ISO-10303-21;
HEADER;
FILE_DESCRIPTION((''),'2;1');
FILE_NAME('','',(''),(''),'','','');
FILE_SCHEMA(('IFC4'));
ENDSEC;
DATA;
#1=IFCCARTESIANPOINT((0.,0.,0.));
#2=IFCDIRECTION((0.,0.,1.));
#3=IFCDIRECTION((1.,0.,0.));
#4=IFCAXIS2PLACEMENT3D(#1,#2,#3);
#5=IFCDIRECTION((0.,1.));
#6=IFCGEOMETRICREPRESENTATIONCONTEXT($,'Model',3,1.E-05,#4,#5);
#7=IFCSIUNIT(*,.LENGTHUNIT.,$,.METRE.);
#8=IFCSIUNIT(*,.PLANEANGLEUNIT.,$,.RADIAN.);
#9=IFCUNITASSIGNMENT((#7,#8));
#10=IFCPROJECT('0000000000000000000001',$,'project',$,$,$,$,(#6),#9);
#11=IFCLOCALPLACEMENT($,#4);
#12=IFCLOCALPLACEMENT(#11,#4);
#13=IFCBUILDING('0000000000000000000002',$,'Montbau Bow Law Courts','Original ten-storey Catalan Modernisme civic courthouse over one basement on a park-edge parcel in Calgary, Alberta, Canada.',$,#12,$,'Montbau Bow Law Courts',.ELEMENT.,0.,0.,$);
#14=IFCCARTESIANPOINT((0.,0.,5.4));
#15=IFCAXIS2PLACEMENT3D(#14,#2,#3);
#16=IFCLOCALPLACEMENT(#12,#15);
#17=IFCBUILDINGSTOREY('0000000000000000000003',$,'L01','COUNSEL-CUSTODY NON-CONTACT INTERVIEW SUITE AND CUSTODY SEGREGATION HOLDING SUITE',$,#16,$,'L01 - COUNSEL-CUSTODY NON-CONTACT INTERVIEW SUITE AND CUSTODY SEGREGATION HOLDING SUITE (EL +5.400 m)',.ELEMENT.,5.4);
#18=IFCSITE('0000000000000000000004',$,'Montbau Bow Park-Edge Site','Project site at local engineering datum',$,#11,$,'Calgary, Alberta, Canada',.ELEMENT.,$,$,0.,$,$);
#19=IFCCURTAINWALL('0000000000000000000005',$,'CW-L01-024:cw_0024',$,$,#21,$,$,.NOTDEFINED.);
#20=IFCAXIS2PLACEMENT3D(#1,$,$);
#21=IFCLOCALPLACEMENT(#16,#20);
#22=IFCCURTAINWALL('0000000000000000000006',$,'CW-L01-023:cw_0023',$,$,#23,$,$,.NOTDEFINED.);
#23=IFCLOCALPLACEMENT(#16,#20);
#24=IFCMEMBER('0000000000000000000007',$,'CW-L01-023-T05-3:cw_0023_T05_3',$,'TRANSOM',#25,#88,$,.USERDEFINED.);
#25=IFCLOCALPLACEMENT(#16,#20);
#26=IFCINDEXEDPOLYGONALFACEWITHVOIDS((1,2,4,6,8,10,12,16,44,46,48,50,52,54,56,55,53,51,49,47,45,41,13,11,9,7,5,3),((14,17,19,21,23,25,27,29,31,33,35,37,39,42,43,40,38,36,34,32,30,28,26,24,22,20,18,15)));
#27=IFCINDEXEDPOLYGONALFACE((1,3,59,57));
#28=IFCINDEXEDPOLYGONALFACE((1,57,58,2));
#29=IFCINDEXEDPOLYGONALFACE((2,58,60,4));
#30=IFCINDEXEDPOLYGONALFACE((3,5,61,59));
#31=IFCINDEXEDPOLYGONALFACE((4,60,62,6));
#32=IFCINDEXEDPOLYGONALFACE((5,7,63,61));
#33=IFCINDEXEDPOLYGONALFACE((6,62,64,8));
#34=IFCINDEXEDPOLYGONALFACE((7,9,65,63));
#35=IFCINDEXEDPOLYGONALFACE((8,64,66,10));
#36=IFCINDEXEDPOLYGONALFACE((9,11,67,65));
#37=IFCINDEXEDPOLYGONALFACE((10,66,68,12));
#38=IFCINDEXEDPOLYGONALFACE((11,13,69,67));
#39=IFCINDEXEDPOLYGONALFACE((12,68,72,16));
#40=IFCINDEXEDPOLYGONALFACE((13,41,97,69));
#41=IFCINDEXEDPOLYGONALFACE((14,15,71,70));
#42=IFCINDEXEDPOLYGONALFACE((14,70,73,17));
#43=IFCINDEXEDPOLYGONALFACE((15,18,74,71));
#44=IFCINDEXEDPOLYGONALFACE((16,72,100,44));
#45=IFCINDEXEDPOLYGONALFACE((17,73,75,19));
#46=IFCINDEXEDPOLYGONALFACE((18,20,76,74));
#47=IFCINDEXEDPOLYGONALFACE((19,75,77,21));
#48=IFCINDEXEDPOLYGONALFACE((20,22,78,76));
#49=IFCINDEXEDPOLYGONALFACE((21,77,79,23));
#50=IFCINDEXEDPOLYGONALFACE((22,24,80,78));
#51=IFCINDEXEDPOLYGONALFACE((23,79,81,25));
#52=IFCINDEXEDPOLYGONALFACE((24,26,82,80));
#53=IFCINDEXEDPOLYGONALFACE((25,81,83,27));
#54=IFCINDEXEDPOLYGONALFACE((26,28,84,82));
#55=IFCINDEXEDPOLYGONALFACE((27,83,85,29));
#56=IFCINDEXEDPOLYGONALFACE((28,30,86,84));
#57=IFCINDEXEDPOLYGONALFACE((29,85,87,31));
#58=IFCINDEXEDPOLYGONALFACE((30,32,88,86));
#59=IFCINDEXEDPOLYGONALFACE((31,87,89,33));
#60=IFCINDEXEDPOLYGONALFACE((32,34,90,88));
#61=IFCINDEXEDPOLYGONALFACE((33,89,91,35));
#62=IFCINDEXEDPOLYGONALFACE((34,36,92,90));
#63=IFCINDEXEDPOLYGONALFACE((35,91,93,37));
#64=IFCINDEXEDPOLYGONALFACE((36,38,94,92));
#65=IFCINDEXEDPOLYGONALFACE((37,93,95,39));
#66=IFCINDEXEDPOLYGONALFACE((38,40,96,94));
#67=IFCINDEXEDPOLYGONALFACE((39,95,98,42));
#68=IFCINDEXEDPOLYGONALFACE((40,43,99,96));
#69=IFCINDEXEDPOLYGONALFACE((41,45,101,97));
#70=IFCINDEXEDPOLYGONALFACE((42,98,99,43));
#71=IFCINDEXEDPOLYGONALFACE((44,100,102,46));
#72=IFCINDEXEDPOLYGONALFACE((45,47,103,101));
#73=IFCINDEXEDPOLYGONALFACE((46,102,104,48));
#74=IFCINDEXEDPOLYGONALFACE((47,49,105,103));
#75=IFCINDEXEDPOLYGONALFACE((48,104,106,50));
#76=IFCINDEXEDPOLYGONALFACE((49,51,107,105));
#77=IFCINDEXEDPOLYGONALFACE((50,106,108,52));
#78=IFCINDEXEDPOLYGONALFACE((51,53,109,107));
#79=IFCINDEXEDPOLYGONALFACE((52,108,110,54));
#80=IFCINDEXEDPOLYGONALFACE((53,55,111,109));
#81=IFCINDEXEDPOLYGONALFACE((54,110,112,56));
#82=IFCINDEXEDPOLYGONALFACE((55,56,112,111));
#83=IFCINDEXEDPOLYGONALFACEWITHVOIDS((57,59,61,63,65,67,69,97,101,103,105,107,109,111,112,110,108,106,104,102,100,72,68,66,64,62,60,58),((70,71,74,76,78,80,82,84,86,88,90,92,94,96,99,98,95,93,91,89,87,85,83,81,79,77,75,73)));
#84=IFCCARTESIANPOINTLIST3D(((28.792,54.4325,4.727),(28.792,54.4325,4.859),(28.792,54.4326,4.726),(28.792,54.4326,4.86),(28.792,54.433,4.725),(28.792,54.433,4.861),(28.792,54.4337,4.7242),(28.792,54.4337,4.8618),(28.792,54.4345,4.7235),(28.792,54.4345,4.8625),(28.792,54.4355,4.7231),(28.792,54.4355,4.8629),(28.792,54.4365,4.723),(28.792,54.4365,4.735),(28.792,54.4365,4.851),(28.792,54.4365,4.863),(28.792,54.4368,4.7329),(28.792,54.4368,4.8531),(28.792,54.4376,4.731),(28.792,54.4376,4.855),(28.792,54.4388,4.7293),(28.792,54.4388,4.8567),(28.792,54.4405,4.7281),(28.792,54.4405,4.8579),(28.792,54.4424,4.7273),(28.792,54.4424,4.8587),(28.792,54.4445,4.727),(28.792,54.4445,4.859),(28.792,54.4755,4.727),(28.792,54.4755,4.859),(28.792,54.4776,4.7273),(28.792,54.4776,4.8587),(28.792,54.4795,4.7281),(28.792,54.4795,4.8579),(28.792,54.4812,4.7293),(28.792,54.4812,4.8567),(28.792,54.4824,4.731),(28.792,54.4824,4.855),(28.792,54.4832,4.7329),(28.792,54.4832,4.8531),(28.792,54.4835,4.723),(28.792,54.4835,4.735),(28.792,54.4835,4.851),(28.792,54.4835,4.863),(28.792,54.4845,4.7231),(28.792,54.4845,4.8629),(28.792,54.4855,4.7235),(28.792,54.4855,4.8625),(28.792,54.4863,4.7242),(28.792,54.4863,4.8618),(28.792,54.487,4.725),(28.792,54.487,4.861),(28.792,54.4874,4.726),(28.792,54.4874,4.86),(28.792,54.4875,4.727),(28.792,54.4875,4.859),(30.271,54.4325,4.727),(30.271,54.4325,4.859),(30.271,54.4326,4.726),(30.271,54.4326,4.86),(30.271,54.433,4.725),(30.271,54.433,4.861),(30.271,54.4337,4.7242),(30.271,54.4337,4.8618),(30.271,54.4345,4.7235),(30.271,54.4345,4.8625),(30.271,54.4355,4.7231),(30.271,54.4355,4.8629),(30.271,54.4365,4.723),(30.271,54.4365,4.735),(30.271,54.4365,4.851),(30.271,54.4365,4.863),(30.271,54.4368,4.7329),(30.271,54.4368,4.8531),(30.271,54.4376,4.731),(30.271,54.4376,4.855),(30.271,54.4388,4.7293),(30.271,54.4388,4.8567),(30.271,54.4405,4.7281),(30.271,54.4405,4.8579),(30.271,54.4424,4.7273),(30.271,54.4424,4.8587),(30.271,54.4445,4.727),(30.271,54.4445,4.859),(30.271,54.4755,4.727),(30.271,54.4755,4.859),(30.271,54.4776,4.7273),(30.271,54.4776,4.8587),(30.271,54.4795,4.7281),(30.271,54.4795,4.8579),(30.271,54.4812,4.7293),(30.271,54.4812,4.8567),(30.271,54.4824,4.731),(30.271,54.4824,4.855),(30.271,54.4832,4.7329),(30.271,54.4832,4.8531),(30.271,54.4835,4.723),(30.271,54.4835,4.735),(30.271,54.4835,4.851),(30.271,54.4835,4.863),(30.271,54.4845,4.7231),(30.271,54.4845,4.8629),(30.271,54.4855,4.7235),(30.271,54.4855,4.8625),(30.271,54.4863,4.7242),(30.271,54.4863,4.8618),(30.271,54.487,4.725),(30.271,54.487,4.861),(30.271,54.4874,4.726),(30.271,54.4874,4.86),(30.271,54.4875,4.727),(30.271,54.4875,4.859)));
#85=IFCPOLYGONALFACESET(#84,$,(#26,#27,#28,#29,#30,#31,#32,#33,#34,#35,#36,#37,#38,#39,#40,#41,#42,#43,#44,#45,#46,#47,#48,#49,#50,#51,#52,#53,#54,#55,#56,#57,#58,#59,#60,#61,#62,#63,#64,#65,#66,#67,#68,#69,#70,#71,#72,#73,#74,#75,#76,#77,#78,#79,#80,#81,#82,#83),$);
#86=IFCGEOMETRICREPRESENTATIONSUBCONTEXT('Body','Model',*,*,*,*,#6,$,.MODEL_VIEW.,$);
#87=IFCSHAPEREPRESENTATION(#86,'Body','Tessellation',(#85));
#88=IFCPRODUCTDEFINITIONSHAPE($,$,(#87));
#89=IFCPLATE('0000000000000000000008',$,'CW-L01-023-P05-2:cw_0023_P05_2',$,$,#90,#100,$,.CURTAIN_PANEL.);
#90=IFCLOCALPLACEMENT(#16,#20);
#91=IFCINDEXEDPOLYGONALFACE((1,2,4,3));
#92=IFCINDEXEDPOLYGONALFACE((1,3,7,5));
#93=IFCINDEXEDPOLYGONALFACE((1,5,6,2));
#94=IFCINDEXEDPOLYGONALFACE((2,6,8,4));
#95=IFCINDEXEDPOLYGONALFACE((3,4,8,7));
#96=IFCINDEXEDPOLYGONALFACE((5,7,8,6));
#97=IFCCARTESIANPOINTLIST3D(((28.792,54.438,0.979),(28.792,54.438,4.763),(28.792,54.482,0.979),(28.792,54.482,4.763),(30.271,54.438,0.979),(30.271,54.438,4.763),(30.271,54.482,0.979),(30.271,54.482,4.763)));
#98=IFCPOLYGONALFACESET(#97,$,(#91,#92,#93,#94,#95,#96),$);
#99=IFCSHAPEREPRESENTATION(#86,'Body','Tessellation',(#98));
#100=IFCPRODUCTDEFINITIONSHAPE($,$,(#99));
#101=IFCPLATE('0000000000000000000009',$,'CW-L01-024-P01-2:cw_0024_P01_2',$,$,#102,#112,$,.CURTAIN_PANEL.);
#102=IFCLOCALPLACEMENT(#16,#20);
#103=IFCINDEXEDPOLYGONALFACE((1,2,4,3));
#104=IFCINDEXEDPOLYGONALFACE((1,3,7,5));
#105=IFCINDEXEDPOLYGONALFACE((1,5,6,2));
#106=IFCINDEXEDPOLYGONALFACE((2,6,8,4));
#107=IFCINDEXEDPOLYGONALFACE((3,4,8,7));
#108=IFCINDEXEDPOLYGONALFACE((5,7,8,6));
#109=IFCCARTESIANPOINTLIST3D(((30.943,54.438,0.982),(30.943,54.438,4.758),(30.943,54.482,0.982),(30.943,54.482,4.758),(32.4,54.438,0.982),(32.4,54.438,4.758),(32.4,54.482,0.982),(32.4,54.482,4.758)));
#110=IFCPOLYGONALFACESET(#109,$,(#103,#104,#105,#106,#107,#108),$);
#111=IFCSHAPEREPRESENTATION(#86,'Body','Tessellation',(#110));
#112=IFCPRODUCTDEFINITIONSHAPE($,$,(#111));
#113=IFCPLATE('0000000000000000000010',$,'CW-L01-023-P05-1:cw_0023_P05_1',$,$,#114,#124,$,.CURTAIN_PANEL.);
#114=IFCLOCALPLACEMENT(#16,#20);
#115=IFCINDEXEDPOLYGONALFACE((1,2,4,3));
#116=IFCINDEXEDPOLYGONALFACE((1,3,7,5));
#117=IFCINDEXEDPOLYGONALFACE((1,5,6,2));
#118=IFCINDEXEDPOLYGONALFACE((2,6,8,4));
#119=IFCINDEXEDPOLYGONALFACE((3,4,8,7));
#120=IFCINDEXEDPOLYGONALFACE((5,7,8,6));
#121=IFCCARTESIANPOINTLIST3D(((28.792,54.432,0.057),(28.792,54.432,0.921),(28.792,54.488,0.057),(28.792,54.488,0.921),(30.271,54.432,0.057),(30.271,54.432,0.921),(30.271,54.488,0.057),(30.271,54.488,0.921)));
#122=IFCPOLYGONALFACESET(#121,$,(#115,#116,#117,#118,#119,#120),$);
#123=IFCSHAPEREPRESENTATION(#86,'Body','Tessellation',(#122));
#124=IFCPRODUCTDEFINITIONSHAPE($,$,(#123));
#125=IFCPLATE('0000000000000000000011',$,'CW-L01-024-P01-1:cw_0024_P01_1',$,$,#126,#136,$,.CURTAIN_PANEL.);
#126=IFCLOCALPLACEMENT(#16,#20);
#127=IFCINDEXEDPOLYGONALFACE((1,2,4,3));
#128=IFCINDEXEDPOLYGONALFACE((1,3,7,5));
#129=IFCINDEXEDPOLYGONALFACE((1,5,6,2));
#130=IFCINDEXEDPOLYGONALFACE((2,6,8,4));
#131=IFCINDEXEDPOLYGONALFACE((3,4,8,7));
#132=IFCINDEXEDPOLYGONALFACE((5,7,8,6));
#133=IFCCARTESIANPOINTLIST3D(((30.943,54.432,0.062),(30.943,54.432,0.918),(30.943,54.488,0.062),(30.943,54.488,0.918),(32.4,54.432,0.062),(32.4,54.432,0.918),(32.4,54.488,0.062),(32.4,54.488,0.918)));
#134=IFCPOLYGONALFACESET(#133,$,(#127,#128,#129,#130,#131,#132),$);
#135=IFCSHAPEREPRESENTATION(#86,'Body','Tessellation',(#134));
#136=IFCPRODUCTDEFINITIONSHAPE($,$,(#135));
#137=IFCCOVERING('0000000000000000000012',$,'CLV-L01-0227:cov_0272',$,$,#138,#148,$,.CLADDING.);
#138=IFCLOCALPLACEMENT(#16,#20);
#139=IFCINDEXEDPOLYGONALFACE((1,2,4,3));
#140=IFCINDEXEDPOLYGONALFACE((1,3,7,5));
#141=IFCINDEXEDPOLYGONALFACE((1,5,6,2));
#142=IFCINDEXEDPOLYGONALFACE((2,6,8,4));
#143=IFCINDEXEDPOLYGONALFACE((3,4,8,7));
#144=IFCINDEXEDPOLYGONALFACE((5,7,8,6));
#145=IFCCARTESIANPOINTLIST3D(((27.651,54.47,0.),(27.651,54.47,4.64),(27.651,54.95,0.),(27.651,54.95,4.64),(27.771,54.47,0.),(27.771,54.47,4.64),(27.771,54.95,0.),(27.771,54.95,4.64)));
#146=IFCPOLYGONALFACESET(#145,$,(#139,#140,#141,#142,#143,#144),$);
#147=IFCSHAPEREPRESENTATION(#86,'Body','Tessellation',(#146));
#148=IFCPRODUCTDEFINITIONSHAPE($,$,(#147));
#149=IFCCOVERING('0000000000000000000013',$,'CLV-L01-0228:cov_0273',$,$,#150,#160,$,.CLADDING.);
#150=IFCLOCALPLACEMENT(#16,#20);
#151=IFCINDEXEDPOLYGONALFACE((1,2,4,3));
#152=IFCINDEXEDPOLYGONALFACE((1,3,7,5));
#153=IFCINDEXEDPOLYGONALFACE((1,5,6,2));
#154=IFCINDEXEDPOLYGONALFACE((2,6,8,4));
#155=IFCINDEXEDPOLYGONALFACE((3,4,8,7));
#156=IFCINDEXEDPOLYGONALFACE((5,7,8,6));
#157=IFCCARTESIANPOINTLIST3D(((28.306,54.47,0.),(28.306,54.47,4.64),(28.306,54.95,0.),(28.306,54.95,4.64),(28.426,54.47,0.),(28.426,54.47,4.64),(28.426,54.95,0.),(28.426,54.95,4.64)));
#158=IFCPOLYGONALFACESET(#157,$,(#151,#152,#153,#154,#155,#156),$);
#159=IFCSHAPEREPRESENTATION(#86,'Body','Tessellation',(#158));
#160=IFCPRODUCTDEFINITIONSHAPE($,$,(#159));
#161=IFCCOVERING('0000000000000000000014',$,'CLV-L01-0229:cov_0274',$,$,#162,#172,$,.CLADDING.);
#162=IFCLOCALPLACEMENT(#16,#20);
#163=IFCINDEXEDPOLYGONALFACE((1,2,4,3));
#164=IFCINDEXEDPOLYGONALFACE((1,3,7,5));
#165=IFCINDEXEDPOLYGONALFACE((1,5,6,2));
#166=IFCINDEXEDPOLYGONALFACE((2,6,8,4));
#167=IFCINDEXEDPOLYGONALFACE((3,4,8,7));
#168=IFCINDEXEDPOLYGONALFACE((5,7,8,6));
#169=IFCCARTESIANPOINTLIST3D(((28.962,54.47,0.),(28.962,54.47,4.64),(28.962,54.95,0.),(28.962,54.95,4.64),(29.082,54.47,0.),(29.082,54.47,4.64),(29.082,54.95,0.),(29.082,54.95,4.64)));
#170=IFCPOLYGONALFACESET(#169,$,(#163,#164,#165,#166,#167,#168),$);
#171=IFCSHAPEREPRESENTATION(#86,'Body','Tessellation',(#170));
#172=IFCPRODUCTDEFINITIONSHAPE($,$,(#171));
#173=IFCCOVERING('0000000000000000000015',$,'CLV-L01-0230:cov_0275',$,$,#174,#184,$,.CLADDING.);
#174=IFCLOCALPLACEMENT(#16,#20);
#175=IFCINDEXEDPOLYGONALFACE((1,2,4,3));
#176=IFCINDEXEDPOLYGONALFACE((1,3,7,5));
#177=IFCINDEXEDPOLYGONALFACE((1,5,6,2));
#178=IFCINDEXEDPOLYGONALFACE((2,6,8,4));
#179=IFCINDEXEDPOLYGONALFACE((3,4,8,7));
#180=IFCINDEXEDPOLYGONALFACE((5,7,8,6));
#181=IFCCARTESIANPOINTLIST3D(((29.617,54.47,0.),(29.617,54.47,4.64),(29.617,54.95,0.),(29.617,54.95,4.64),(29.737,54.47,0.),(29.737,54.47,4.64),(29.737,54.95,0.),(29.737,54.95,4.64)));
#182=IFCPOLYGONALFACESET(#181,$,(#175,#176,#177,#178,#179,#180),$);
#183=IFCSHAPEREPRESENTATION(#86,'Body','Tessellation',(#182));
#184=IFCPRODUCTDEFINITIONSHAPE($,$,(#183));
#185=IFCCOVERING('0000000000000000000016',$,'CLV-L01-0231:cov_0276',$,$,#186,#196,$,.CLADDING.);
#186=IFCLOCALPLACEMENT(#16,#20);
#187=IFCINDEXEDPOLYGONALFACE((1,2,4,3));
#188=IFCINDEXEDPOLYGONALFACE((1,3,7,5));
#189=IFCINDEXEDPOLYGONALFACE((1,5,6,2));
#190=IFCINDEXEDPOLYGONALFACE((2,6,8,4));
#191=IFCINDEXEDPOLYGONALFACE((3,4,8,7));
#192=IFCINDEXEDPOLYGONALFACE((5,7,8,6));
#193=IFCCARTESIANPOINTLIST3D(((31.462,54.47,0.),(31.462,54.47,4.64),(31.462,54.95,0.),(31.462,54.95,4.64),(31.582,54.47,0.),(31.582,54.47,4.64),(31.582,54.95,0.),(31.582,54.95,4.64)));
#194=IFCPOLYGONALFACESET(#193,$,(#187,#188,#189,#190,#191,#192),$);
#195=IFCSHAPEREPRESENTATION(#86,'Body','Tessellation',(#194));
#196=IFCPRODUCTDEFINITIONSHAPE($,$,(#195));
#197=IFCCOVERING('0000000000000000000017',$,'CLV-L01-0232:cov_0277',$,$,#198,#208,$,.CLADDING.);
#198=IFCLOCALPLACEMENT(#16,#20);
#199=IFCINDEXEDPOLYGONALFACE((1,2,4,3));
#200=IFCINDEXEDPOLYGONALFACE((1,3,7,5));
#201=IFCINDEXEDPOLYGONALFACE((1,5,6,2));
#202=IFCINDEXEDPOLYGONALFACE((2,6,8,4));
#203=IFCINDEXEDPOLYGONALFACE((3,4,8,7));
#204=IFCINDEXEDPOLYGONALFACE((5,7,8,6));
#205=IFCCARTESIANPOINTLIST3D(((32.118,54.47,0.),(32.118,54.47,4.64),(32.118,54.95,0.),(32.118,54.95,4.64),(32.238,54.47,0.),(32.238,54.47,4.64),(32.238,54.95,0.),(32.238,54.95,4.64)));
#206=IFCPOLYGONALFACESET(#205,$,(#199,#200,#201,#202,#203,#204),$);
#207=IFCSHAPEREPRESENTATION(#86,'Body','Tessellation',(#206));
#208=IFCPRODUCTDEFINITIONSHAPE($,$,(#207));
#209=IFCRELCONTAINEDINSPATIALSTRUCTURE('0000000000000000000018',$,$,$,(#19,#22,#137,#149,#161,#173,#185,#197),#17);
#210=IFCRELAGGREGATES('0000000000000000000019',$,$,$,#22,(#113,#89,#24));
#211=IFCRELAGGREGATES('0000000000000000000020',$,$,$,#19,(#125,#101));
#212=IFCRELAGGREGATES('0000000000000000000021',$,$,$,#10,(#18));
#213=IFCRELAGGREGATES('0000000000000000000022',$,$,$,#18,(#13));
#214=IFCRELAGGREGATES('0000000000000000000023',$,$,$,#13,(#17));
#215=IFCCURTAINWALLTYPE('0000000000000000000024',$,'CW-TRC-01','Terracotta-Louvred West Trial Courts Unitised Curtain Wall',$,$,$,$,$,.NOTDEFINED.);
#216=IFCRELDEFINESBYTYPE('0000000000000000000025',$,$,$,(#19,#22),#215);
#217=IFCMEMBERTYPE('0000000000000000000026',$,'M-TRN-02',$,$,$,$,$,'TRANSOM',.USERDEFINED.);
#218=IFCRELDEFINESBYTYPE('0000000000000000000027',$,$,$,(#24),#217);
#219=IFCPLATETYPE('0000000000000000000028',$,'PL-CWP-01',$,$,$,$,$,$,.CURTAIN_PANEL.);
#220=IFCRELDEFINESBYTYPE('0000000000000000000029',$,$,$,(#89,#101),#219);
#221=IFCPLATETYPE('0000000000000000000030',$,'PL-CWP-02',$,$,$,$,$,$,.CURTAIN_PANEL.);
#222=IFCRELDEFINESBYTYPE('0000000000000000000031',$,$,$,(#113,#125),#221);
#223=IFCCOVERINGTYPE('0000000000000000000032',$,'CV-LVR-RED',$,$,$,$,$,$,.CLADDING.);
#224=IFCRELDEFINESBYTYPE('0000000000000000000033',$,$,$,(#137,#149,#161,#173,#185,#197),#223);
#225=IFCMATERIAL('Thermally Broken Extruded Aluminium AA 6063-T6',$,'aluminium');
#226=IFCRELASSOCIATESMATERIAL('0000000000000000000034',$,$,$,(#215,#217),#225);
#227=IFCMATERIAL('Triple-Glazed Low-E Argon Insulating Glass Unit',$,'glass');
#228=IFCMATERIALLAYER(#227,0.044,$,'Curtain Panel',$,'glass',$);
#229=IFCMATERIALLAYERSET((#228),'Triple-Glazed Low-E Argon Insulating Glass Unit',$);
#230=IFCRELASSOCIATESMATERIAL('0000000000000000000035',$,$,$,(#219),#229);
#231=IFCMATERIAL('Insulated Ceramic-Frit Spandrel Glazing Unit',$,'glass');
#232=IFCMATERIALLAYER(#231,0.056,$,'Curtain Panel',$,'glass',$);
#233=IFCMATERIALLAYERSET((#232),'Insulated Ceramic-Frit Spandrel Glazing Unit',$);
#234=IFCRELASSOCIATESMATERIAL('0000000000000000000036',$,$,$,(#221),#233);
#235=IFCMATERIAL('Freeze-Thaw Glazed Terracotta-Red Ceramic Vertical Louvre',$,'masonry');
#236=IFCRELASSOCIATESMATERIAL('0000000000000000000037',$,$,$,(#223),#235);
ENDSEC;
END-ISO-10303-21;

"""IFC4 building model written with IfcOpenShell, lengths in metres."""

from ifc_helpers import new_model, si_unit, direction, frame, frame_2d, origin_with_axes, origin_2d_with_axis, place, context, subcontext, project, spatial, rectangle, hollow_rectangle, extrude, material, layer, layer_set, material_profile, profile_set, type_object, element, aggregate, save


model = new_model("IFC4")

# Units and contexts
model_context = context("Model", 3, precision=1e-05, world=origin_with_axes(), true_north=direction((0.0, 1.0)))
body_context = subcontext(model_context, "Body", "Model", "MODEL_VIEW")
ifc_project = project(units=[si_unit("LENGTHUNIT", "METRE"), si_unit("PLANEANGLEUNIT", "RADIAN")], contexts=[model_context])

# Site, building, storey
site_placement = place(None, origin_with_axes())
site = spatial("IfcSite", under=ifc_project, at=site_placement, Name="Montbau Bow Park-Edge Site", Description="Project site at local engineering datum", LongName="Calgary, Alberta, Canada", CompositionType="ELEMENT", RefElevation=0.0)
building_placement = place(site_placement, origin_with_axes())
building = spatial("IfcBuilding", under=site, at=building_placement, Name="Montbau Bow Law Courts", Description="Original ten-storey Catalan Modernisme civic courthouse over one basement on a park-edge parcel in Calgary, Alberta, Canada.", LongName="Montbau Bow Law Courts", CompositionType="ELEMENT", ElevationOfRefHeight=0.0, ElevationOfTerrain=0.0)
storey_placement = place(building_placement, frame((0.0, 0.0, 5.4), z_axis=(0.0, 0.0, 1.0), x_axis=(1.0, 0.0, 0.0)))
storey = spatial("IfcBuildingStorey", under=building, at=storey_placement, Name="L01", Description="COUNSEL-CUSTODY NON-CONTACT INTERVIEW SUITE AND CUSTODY SEGREGATION HOLDING SUITE", LongName="L01 - COUNSEL-CUSTODY NON-CONTACT INTERVIEW SUITE AND CUSTODY SEGREGATION HOLDING SUITE (EL +5.400 m)", CompositionType="ELEMENT", Elevation=5.4)

# Curtain walls
ifc_material_1 = material(Name="Thermally Broken Extruded Aluminium AA 6063-T6", Category="aluminium")
curtain_wall_type = type_object("IfcCurtainWallType", Name="CW-TRC-01", Description="Terracotta-Louvred West Trial Courts Unitised Curtain Wall", PredefinedType="NOTDEFINED", material=ifc_material_1)
curtain_wall_1_placement = place(None, frame((30.867, 54.46, 5.4), z_axis=(0.0, 0.0, 1.0), x_axis=(1.0, 0.0, 0.0)))
curtain_wall_1 = element("IfcCurtainWall", 1, at=curtain_wall_1_placement, inside=storey, type_object=curtain_wall_type, Name="CW-L01-024:cw_0024", PredefinedType="NOTDEFINED")
curtain_wall_2_placement = place(None, frame((22.467, 54.46, 5.4), z_axis=(0.0, 0.0, 1.0), x_axis=(1.0, 0.0, 0.0)))
curtain_wall_2 = element("IfcCurtainWall", 2, at=curtain_wall_2_placement, inside=storey, type_object=curtain_wall_type, Name="CW-L01-023:cw_0023", PredefinedType="NOTDEFINED")

# Member
ifc_material_profile_1 = material_profile(ifc_material_1, hollow_rectangle(XDim=0.055, YDim=0.14, WallThickness=0.004, InnerFilletRadius=0.008, OuterFilletRadius=0.004, at=origin_2d_with_axis()), Name="CWT-140X55", Category="Main", Priority=0)
ifc_profile_set_1 = profile_set([ifc_material_profile_1], Name="Thermally Broken Extruded Aluminium AA 6063-T6")
member_type_1 = type_object("IfcMemberType", Name="M-TRN-02", ElementType="TRANSOM", PredefinedType="USERDEFINED", material=ifc_profile_set_1)
member_1_placement = place(None, frame((28.792, 54.46, 10.193), z_axis=(1.0, 0.0, 0.0), x_axis=(0.0, 1.0, 0.0)))
member_1 = element("IfcMember", 3, at=member_1_placement, type_object=member_type_1, Name="CW-L01-023-T05-3:cw_0023_T05_3", ObjectType="TRANSOM", PredefinedType="USERDEFINED", context=body_context, shape_type="SweptSolid", body=[
    extrude(hollow_rectangle(XDim=0.055, YDim=0.14, WallThickness=0.004, InnerFilletRadius=0.008, OuterFilletRadius=0.004, at=origin_2d_with_axis()), origin_with_axes(), (0.0, 0.0, 1.0), 1.479),
])

# Plates
ifc_material_2 = material(Name="Triple-Glazed Low-E Argon Insulating Glass Unit", Category="glass")
ifc_layer_1 = layer(ifc_material_2, 0.044, Name="Curtain Panel", Category="glass")
ifc_layer_set_1 = layer_set([ifc_layer_1], Name="Triple-Glazed Low-E Argon Insulating Glass Unit")
plate_type_1 = type_object("IfcPlateType", Name="PL-CWP-01", PredefinedType="CURTAIN_PANEL", material=ifc_layer_set_1)
plate_1_placement = place(None, frame((28.792, 54.46, 6.379), z_axis=(0.0, -1.0, 0.0), x_axis=(1.0, 0.0, 0.0)))
plate_1 = element("IfcPlate", 4, at=plate_1_placement, type_object=plate_type_1, Name="CW-L01-023-P05-2:cw_0023_P05_2", PredefinedType="CURTAIN_PANEL", context=body_context, shape_type="SweptSolid", body=[
    extrude(rectangle(XDim=1.479, YDim=3.784, at=frame_2d((0.7395, 1.892), x_axis=(1.0, 0.0))), frame((0.0, 0.0, -0.022), z_axis=(0.0, 0.0, 1.0), x_axis=(1.0, 0.0, 0.0)), (0.0, 0.0, 1.0), 0.044),
])
plate_2_placement = place(None, frame((30.943, 54.46, 6.382), z_axis=(0.0, -1.0, 0.0), x_axis=(1.0, 0.0, 0.0)))
plate_2 = element("IfcPlate", 5, at=plate_2_placement, type_object=plate_type_1, Name="CW-L01-024-P01-2:cw_0024_P01_2", PredefinedType="CURTAIN_PANEL", context=body_context, shape_type="SweptSolid", body=[
    extrude(rectangle(XDim=1.457, YDim=3.776, at=frame_2d((0.7285, 1.888), x_axis=(1.0, 0.0))), frame((0.0, 0.0, -0.022), z_axis=(0.0, 0.0, 1.0), x_axis=(1.0, 0.0, 0.0)), (0.0, 0.0, 1.0), 0.044),
])
ifc_material_3 = material(Name="Insulated Ceramic-Frit Spandrel Glazing Unit", Category="glass")
ifc_layer_2 = layer(ifc_material_3, 0.056, Name="Curtain Panel", Category="glass")
ifc_layer_set_2 = layer_set([ifc_layer_2], Name="Insulated Ceramic-Frit Spandrel Glazing Unit")
plate_type_2 = type_object("IfcPlateType", Name="PL-CWP-02", PredefinedType="CURTAIN_PANEL", material=ifc_layer_set_2)
plate_3_placement = place(None, frame((28.792, 54.46, 5.457), z_axis=(0.0, -1.0, 0.0), x_axis=(1.0, 0.0, 0.0)))
plate_3 = element("IfcPlate", 6, at=plate_3_placement, type_object=plate_type_2, Name="CW-L01-023-P05-1:cw_0023_P05_1", PredefinedType="CURTAIN_PANEL", context=body_context, shape_type="SweptSolid", body=[
    extrude(rectangle(XDim=1.479, YDim=0.864, at=frame_2d((0.7395, 0.432), x_axis=(1.0, 0.0))), frame((0.0, 0.0, -0.028), z_axis=(0.0, 0.0, 1.0), x_axis=(1.0, 0.0, 0.0)), (0.0, 0.0, 1.0), 0.056),
])
aggregate(curtain_wall_2, [plate_3, plate_1, member_1])
plate_4_placement = place(None, frame((30.943, 54.46, 5.462), z_axis=(0.0, -1.0, 0.0), x_axis=(1.0, 0.0, 0.0)))
plate_4 = element("IfcPlate", 7, at=plate_4_placement, type_object=plate_type_2, Name="CW-L01-024-P01-1:cw_0024_P01_1", PredefinedType="CURTAIN_PANEL", context=body_context, shape_type="SweptSolid", body=[
    extrude(rectangle(XDim=1.457, YDim=0.856, at=frame_2d((0.7285, 0.428), x_axis=(1.0, 0.0))), frame((0.0, 0.0, -0.028), z_axis=(0.0, 0.0, 1.0), x_axis=(1.0, 0.0, 0.0)), (0.0, 0.0, 1.0), 0.056),
])
aggregate(curtain_wall_1, [plate_4, plate_2])

# Coverings
ifc_material_4 = material(Name="Freeze-Thaw Glazed Terracotta-Red Ceramic Vertical Louvre", Category="masonry")
covering_type = type_object("IfcCoveringType", Name="CV-LVR-RED", PredefinedType="CLADDING", material=ifc_material_4)
for number, where, z_axis, x_axis, name in (
    (8, (27.711, 54.47, 5.4), (1.0, 0.0, 0.0), (0.0, 1.0, 0.0), "CLV-L01-0227:cov_0272"),
    (9, (28.366, 54.47, 5.4), (1.0, 0.0, 0.0), (0.0, 1.0, 0.0), "CLV-L01-0228:cov_0273"),
    (10, (29.022, 54.47, 5.4), (1.0, 0.0, 0.0), (0.0, 1.0, 0.0), "CLV-L01-0229:cov_0274"),
    (11, (29.677, 54.47, 5.4), (1.0, 0.0, 0.0), (0.0, 1.0, 0.0), "CLV-L01-0230:cov_0275"),
    (12, (31.522, 54.47, 5.4), (1.0, 0.0, 0.0), (0.0, 1.0, 0.0), "CLV-L01-0231:cov_0276"),
    (13, (32.178, 54.47, 5.4), (1.0, 0.0, 0.0), (0.0, 1.0, 0.0), "CLV-L01-0232:cov_0277"),
):
    element("IfcCovering", number, at=place(None, frame(where, z_axis=z_axis, x_axis=x_axis)), inside=storey, type_object=covering_type, Name=name, PredefinedType="CLADDING", context=body_context, shape_type="SweptSolid", body=[
        extrude(rectangle(XDim=0.48, YDim=4.64, at=frame_2d((0.24, 2.32), x_axis=(1.0, 0.0))), frame((0.0, 0.0, -0.06), z_axis=(0.0, 0.0, 1.0), x_axis=(1.0, 0.0, 0.0)), (0.0, 0.0, 1.0), 0.12),
    ])

save(model, "model.ifc")
